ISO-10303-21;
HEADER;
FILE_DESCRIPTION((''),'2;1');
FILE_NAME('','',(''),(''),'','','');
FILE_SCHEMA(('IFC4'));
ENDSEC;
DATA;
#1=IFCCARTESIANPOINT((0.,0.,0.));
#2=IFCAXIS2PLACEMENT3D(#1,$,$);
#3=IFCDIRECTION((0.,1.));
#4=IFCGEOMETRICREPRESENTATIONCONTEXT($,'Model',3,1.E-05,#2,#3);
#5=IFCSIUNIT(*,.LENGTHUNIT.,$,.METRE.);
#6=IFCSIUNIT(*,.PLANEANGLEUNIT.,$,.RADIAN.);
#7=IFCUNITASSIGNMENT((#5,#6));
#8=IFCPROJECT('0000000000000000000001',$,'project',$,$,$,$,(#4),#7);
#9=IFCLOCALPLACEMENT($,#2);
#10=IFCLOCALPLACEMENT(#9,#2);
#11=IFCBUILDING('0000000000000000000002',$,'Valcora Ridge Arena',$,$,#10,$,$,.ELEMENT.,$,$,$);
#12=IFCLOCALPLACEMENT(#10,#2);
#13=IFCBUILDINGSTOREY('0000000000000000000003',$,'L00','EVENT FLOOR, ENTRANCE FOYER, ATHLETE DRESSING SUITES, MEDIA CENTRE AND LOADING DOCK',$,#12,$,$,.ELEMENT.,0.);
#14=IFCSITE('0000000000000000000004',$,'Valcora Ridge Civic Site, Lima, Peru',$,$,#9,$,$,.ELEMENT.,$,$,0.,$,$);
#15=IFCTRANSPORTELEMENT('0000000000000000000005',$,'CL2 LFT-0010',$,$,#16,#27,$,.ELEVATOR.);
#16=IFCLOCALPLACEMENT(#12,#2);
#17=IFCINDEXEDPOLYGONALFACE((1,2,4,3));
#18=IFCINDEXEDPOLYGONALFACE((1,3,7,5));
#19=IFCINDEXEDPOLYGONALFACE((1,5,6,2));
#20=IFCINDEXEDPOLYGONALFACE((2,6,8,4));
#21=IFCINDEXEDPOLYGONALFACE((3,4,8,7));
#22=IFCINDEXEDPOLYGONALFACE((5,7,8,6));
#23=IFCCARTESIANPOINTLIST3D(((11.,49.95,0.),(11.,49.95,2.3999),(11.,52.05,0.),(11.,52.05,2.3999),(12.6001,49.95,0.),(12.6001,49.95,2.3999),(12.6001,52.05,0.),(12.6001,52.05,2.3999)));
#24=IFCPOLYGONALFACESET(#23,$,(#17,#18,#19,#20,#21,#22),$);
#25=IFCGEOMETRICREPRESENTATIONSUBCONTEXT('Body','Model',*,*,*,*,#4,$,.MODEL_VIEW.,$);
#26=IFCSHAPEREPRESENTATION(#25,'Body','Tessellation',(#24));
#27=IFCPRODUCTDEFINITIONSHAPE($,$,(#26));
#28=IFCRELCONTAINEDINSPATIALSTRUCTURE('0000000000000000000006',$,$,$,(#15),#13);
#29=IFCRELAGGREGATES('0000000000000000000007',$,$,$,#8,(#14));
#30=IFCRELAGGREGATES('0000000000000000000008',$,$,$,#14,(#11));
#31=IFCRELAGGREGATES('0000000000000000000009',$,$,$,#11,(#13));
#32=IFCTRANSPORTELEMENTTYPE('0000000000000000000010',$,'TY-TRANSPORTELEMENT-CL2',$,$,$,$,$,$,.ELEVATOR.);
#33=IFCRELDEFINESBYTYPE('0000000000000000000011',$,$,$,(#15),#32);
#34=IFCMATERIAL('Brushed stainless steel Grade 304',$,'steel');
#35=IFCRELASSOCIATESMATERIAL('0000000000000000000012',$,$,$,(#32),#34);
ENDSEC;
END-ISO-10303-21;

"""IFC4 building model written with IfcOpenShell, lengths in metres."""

from ifc_helpers import new_model, si_unit, direction, frame, origin, origin_2d, place, context, subcontext, project, spatial, rectangle, extrude, material, type_object, element, save


model = new_model("IFC4")

# Units and contexts
model_context = context("Model", 3, precision=1e-05, world=origin(), true_north=direction((0.0, 1.0)))
body_context = subcontext(model_context, "Body", "Model", "MODEL_VIEW")
ifc_project = project(units=[si_unit("LENGTHUNIT", "METRE"), si_unit("PLANEANGLEUNIT", "RADIAN")], contexts=[model_context])

# Site, building, storey
site_placement = place(None, origin())
site = spatial("IfcSite", under=ifc_project, at=site_placement, Name="Valcora Ridge Civic Site, Lima, Peru", CompositionType="ELEMENT", RefElevation=0.0)
building_placement = place(site_placement, origin())
building = spatial("IfcBuilding", under=site, at=building_placement, Name="Valcora Ridge Arena", CompositionType="ELEMENT")
storey_placement = place(building_placement, origin())
storey = spatial("IfcBuildingStorey", under=building, at=storey_placement, Name="L00", Description="EVENT FLOOR, ENTRANCE FOYER, ATHLETE DRESSING SUITES, MEDIA CENTRE AND LOADING DOCK", CompositionType="ELEMENT", Elevation=0.0)

# Transport element
ifc_material_1 = material(Name="Brushed stainless steel Grade 304", Category="steel")
transport_element_type = type_object("IfcTransportElementType", Name="TY-TRANSPORTELEMENT-CL2", PredefinedType="ELEVATOR", material=ifc_material_1)
transport_element_placement = place(storey_placement, frame((11.8, 51.0, 0.0), z_axis=(0.0, 0.0, 1.0), x_axis=(1.0, 0.0, 0.0)))
element("IfcTransportElement", 1, at=transport_element_placement, inside=storey, type_object=transport_element_type, Name="CL2 LFT-0010", PredefinedType="ELEVATOR", context=body_context, shape_type="SweptSolid", body=[
    extrude(rectangle(XDim=1.6001, YDim=2.1001, at=origin_2d()), origin(), (0.0, 0.0, 1.0), 2.3999),
])

save(model, "model.ifc")
